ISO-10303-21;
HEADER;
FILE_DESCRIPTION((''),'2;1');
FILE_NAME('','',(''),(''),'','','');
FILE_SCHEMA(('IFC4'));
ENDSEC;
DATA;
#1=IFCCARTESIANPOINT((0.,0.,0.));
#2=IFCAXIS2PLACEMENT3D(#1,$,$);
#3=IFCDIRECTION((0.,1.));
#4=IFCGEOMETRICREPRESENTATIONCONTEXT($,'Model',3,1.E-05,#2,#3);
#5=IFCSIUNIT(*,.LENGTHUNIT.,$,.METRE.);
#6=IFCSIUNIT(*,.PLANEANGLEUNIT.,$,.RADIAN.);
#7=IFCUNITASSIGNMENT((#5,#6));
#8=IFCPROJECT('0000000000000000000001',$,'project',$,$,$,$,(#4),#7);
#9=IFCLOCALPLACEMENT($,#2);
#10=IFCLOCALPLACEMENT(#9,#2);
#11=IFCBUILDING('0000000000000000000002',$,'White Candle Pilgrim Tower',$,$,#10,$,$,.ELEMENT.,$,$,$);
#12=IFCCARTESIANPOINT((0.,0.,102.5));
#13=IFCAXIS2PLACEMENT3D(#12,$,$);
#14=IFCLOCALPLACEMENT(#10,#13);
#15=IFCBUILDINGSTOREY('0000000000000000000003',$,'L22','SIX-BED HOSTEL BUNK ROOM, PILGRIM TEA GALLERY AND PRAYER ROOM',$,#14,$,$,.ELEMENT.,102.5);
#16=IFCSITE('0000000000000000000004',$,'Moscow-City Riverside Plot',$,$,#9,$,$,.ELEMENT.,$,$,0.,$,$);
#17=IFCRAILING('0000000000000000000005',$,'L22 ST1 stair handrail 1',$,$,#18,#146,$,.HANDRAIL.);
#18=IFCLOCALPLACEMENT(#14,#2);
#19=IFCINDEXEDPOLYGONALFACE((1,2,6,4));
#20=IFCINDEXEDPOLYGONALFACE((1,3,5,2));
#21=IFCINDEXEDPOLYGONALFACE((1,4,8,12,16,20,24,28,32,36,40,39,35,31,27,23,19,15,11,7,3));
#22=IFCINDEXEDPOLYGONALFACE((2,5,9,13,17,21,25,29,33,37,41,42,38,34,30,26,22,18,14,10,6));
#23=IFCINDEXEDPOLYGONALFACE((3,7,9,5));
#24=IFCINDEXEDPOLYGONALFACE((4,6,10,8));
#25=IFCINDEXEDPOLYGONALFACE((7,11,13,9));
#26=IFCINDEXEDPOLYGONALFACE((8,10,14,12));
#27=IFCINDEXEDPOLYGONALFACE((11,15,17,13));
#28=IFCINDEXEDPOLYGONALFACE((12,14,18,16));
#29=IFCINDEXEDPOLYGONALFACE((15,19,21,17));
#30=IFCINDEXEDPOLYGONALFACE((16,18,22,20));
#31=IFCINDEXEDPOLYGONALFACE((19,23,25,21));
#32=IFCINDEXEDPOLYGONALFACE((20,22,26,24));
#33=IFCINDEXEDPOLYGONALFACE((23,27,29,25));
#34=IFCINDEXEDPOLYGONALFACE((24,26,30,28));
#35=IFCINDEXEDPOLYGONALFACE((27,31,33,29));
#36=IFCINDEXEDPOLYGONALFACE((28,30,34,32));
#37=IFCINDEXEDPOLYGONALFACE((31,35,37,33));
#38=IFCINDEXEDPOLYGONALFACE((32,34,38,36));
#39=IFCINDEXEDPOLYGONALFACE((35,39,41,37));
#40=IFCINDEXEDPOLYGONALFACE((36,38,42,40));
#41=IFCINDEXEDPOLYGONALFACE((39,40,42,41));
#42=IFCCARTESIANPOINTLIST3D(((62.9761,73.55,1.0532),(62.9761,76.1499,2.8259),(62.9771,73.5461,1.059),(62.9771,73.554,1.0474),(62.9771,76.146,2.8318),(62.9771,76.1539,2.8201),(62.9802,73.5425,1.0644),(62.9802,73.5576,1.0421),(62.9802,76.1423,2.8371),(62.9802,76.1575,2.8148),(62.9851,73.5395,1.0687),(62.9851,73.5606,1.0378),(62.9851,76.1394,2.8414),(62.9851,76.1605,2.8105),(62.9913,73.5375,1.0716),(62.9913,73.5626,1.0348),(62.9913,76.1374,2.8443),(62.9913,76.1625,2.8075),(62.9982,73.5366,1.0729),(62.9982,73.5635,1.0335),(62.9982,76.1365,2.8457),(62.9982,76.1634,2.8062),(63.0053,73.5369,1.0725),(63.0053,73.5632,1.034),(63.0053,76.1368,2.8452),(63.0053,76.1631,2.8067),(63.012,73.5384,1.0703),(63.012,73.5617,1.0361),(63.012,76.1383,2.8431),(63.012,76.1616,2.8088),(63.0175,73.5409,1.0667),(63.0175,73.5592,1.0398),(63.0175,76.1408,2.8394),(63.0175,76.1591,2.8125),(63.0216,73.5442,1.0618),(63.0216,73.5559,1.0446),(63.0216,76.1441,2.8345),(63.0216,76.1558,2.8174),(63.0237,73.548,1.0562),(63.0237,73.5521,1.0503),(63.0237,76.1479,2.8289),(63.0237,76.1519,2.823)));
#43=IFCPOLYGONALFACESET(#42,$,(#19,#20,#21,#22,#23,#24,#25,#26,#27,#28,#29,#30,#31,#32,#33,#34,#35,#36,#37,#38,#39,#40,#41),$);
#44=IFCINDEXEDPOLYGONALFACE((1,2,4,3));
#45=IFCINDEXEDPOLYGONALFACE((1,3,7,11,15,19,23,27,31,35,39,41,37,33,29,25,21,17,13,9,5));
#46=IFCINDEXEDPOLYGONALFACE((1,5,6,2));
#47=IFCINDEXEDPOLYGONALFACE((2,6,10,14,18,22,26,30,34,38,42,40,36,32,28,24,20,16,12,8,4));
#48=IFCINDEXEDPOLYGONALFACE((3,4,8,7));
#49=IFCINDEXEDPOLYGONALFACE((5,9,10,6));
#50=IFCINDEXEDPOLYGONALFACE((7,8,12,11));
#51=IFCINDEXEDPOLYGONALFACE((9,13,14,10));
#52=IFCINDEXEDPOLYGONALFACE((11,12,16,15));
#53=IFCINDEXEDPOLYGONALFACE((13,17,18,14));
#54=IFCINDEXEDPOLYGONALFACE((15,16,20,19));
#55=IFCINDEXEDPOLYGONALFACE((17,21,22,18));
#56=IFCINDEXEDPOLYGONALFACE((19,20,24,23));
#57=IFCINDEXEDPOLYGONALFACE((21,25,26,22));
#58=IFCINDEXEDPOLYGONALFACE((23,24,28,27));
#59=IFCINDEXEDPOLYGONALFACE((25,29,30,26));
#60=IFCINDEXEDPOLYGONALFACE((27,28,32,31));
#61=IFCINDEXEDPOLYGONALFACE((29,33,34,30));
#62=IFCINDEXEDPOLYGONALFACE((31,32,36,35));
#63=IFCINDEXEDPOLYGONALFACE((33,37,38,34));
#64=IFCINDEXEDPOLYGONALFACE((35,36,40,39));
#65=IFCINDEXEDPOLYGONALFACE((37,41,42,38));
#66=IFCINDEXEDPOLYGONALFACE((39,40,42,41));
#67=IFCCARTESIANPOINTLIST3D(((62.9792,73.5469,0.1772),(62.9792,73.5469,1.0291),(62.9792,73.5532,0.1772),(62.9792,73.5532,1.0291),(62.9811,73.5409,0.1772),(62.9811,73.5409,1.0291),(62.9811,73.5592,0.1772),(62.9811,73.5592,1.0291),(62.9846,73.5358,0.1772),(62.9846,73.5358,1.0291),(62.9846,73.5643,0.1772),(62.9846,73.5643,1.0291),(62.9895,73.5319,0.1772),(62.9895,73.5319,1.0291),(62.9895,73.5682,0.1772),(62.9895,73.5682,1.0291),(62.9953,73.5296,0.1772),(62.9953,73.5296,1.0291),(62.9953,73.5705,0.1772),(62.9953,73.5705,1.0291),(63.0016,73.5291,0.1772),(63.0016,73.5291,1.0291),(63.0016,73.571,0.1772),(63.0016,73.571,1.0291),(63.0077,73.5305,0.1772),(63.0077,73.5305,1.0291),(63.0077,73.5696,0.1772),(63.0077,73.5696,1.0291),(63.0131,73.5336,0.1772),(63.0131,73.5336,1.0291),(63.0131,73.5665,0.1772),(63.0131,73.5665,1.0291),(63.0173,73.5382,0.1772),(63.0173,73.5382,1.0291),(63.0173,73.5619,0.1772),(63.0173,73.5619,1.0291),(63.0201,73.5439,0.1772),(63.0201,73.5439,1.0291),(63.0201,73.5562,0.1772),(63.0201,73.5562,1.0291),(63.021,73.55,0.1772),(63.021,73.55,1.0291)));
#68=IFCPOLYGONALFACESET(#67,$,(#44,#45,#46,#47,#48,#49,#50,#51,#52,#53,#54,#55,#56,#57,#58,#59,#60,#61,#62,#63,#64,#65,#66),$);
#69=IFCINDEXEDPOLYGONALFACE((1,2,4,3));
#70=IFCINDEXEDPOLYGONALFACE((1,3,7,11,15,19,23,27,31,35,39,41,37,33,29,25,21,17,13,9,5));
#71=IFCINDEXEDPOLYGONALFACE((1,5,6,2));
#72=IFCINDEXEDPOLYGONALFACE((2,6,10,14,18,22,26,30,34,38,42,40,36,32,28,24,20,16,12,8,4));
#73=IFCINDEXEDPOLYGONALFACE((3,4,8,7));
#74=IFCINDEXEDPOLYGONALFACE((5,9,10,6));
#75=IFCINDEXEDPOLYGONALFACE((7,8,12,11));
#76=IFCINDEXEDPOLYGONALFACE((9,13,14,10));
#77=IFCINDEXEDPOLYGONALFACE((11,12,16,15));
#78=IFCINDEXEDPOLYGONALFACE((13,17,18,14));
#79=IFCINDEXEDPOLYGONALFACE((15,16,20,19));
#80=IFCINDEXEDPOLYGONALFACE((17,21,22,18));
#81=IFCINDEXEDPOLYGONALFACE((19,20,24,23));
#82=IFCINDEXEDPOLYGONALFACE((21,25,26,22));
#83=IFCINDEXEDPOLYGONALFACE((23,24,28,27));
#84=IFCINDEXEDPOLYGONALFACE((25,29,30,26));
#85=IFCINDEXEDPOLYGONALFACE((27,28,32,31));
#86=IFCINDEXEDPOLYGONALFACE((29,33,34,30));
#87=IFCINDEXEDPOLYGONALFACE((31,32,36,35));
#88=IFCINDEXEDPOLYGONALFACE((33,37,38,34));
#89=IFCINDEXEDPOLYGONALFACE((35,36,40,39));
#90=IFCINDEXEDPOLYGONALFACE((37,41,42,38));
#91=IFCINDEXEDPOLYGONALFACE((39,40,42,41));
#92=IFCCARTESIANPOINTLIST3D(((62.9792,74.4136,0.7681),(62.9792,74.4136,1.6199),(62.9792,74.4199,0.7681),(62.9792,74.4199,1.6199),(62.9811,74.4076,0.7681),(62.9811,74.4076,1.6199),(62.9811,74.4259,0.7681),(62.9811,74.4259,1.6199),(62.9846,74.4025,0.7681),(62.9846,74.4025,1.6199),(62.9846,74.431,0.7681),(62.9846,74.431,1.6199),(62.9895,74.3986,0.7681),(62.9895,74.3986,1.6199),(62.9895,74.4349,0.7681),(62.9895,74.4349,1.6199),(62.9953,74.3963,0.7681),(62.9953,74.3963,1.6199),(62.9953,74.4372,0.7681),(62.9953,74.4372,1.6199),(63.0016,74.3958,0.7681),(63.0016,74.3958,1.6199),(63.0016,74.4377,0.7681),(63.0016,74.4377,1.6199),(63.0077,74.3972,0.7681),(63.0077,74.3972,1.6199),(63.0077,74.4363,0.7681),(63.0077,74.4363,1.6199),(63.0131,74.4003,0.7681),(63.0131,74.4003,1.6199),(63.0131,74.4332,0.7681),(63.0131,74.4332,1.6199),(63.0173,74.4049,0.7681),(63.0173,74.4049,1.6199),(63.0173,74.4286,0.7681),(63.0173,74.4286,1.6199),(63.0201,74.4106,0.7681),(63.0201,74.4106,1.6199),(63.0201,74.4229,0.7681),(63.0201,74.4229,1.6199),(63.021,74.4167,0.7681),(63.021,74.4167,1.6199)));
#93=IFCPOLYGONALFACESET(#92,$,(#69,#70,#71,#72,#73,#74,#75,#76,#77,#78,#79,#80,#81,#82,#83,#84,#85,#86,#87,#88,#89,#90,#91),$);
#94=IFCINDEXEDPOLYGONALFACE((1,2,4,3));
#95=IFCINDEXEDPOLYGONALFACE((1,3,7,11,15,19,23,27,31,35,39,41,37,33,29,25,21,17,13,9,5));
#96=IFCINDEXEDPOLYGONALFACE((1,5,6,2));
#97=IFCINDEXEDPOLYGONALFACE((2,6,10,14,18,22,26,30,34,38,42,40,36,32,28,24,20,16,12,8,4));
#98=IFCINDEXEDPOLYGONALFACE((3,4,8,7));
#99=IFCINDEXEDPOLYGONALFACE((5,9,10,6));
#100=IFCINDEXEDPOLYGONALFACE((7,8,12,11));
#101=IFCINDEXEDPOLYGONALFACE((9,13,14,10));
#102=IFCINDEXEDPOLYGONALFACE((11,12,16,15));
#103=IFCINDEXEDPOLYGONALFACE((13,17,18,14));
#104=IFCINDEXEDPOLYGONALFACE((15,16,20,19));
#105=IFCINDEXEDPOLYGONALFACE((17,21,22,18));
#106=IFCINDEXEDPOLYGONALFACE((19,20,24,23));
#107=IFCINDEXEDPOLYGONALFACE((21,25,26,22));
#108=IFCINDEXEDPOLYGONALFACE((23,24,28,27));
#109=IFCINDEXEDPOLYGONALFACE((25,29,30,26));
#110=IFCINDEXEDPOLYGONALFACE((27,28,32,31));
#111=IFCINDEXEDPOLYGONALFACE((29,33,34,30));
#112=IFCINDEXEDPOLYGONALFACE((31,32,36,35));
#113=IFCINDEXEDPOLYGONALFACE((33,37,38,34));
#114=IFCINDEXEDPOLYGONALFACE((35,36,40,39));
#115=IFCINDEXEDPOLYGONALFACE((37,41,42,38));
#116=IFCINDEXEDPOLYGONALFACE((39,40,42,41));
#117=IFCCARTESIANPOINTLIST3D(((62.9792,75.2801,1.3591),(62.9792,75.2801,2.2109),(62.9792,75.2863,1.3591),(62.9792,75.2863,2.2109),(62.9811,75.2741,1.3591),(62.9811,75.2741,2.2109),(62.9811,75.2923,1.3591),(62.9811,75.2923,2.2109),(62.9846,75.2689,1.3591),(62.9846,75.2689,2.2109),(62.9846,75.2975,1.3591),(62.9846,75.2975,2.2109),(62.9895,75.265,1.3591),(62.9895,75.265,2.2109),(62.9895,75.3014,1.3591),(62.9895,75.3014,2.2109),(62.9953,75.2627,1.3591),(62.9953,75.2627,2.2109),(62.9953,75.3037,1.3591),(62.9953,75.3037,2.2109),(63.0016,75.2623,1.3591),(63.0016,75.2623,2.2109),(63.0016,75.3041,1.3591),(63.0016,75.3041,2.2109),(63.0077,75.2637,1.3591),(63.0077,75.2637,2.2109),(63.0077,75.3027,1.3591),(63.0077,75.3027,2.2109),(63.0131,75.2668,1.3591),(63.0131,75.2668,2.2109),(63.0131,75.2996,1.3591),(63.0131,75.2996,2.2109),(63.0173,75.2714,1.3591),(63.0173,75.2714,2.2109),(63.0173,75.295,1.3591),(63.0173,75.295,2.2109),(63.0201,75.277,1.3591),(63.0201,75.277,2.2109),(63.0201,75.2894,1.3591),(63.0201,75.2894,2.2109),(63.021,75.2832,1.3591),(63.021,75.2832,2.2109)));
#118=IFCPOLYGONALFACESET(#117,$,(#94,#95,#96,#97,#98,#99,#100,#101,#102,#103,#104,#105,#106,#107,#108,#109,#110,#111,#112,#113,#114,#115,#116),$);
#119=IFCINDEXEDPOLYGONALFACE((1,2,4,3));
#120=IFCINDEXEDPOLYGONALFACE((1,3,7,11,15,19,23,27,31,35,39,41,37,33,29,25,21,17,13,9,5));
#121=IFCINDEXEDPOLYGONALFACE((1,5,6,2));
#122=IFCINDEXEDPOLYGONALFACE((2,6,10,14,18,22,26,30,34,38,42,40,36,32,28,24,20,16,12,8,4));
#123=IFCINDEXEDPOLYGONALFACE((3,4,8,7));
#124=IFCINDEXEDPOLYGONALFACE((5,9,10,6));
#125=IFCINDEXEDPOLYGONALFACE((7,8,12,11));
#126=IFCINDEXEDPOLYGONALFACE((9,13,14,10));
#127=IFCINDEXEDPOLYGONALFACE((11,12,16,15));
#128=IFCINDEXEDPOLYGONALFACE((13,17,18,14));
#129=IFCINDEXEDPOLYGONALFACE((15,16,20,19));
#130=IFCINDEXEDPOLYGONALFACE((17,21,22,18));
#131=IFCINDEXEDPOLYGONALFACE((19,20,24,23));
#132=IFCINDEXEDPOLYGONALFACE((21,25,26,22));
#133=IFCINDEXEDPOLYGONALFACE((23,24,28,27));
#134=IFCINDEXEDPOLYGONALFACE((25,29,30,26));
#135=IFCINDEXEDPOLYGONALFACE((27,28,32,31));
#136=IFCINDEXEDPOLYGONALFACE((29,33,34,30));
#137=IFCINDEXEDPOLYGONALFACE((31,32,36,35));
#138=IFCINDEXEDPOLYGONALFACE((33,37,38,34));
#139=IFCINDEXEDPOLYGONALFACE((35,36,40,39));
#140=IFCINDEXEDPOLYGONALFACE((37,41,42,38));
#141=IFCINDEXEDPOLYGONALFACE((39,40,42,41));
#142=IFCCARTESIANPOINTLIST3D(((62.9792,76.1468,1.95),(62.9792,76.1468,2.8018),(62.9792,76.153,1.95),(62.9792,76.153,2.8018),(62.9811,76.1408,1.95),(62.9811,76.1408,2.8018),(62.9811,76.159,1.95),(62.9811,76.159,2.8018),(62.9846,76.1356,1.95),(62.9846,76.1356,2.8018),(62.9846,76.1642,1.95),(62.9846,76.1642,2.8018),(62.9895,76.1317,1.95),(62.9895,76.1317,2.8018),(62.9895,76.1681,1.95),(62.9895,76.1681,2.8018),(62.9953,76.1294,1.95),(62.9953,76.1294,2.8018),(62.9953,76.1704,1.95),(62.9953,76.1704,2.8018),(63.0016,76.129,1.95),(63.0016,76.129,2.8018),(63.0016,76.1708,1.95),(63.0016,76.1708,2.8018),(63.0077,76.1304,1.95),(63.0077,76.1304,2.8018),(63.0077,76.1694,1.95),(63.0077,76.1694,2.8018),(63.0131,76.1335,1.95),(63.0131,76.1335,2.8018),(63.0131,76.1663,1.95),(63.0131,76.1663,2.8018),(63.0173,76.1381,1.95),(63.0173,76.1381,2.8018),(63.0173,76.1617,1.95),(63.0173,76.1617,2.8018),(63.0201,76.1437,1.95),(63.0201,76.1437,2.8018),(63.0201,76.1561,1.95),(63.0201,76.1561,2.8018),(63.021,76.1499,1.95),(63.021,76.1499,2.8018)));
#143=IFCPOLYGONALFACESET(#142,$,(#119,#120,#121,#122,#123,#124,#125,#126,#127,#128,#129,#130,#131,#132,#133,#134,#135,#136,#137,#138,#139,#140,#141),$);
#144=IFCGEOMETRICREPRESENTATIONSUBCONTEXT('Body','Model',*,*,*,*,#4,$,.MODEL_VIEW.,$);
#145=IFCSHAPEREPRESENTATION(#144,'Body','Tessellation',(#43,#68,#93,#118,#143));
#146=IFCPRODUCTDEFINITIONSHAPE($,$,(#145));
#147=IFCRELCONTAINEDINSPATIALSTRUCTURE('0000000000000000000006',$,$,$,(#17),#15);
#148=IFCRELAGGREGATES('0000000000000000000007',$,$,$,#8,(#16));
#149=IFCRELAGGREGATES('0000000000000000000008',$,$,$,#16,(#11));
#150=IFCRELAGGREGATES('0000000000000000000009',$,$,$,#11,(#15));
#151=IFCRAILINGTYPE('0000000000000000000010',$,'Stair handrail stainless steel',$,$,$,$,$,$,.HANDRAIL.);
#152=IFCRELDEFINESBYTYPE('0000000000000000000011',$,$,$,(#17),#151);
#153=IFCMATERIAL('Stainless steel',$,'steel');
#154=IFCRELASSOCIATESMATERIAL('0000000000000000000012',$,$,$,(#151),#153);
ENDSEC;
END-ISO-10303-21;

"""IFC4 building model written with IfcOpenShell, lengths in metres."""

from ifc_helpers import new_model, si_unit, direction, frame, origin, origin_2d, place, context, subcontext, project, spatial, circle, extrude, material, type_object, element, save


model = new_model("IFC4")

# Units and contexts
model_context = context("Model", 3, precision=1e-05, world=origin(), true_north=direction((0.0, 1.0)))
body_context = subcontext(model_context, "Body", "Model", "MODEL_VIEW")
ifc_project = project(units=[si_unit("LENGTHUNIT", "METRE"), si_unit("PLANEANGLEUNIT", "RADIAN")], contexts=[model_context])

# Site, building, storey
site_placement = place(None, origin())
site = spatial("IfcSite", under=ifc_project, at=site_placement, Name="Moscow-City Riverside Plot", CompositionType="ELEMENT", RefElevation=0.0)
building_placement = place(site_placement, origin())
building = spatial("IfcBuilding", under=site, at=building_placement, Name="White Candle Pilgrim Tower", CompositionType="ELEMENT")
storey_placement = place(building_placement, frame((0.0, 0.0, 102.5)))
storey = spatial("IfcBuildingStorey", under=building, at=storey_placement, Name="L22", Description="SIX-BED HOSTEL BUNK ROOM, PILGRIM TEA GALLERY AND PRAYER ROOM", CompositionType="ELEMENT", Elevation=102.5)

# Shared definitions
ifc_material_1 = material(Name="Stainless steel", Category="steel")

# Railing
railing_type_1 = type_object("IfcRailingType", Name="Stair handrail stainless steel", PredefinedType="HANDRAIL", material=ifc_material_1)
railing_1_placement = place(storey_placement, frame((63.0, 73.55, 0.1772)))
element("IfcRailing", 1, at=railing_1_placement, inside=storey, type_object=railing_type_1, Name="L22 ST1 stair handrail 1", PredefinedType="HANDRAIL", context=body_context, shape_type="SweptSolid", body=[
    extrude(circle(Radius=0.0239, at=origin_2d()), frame((0.0, 0.0, 0.876), z_axis=(0.0, 0.826216, 0.563354), x_axis=(-1.0, 0.0, 0.0)), (0.0, 0.0, 1.0), 3.1467),
    extrude(circle(Radius=0.021, at=origin_2d()), origin(), (0.0, 0.0, 1.0), 0.8518),
    extrude(circle(Radius=0.021, at=origin_2d()), frame((0.0, 0.8667, 0.5908)), (0.0, 0.0, 1.0), 0.8518),
    extrude(circle(Radius=0.021, at=origin_2d()), frame((0.0, 1.7332, 1.1819)), (0.0, 0.0, 1.0), 0.8518),
    extrude(circle(Radius=0.021, at=origin_2d()), frame((0.0, 2.5999, 1.7727)), (0.0, 0.0, 1.0), 0.8518),
])

save(model, "model.ifc")
